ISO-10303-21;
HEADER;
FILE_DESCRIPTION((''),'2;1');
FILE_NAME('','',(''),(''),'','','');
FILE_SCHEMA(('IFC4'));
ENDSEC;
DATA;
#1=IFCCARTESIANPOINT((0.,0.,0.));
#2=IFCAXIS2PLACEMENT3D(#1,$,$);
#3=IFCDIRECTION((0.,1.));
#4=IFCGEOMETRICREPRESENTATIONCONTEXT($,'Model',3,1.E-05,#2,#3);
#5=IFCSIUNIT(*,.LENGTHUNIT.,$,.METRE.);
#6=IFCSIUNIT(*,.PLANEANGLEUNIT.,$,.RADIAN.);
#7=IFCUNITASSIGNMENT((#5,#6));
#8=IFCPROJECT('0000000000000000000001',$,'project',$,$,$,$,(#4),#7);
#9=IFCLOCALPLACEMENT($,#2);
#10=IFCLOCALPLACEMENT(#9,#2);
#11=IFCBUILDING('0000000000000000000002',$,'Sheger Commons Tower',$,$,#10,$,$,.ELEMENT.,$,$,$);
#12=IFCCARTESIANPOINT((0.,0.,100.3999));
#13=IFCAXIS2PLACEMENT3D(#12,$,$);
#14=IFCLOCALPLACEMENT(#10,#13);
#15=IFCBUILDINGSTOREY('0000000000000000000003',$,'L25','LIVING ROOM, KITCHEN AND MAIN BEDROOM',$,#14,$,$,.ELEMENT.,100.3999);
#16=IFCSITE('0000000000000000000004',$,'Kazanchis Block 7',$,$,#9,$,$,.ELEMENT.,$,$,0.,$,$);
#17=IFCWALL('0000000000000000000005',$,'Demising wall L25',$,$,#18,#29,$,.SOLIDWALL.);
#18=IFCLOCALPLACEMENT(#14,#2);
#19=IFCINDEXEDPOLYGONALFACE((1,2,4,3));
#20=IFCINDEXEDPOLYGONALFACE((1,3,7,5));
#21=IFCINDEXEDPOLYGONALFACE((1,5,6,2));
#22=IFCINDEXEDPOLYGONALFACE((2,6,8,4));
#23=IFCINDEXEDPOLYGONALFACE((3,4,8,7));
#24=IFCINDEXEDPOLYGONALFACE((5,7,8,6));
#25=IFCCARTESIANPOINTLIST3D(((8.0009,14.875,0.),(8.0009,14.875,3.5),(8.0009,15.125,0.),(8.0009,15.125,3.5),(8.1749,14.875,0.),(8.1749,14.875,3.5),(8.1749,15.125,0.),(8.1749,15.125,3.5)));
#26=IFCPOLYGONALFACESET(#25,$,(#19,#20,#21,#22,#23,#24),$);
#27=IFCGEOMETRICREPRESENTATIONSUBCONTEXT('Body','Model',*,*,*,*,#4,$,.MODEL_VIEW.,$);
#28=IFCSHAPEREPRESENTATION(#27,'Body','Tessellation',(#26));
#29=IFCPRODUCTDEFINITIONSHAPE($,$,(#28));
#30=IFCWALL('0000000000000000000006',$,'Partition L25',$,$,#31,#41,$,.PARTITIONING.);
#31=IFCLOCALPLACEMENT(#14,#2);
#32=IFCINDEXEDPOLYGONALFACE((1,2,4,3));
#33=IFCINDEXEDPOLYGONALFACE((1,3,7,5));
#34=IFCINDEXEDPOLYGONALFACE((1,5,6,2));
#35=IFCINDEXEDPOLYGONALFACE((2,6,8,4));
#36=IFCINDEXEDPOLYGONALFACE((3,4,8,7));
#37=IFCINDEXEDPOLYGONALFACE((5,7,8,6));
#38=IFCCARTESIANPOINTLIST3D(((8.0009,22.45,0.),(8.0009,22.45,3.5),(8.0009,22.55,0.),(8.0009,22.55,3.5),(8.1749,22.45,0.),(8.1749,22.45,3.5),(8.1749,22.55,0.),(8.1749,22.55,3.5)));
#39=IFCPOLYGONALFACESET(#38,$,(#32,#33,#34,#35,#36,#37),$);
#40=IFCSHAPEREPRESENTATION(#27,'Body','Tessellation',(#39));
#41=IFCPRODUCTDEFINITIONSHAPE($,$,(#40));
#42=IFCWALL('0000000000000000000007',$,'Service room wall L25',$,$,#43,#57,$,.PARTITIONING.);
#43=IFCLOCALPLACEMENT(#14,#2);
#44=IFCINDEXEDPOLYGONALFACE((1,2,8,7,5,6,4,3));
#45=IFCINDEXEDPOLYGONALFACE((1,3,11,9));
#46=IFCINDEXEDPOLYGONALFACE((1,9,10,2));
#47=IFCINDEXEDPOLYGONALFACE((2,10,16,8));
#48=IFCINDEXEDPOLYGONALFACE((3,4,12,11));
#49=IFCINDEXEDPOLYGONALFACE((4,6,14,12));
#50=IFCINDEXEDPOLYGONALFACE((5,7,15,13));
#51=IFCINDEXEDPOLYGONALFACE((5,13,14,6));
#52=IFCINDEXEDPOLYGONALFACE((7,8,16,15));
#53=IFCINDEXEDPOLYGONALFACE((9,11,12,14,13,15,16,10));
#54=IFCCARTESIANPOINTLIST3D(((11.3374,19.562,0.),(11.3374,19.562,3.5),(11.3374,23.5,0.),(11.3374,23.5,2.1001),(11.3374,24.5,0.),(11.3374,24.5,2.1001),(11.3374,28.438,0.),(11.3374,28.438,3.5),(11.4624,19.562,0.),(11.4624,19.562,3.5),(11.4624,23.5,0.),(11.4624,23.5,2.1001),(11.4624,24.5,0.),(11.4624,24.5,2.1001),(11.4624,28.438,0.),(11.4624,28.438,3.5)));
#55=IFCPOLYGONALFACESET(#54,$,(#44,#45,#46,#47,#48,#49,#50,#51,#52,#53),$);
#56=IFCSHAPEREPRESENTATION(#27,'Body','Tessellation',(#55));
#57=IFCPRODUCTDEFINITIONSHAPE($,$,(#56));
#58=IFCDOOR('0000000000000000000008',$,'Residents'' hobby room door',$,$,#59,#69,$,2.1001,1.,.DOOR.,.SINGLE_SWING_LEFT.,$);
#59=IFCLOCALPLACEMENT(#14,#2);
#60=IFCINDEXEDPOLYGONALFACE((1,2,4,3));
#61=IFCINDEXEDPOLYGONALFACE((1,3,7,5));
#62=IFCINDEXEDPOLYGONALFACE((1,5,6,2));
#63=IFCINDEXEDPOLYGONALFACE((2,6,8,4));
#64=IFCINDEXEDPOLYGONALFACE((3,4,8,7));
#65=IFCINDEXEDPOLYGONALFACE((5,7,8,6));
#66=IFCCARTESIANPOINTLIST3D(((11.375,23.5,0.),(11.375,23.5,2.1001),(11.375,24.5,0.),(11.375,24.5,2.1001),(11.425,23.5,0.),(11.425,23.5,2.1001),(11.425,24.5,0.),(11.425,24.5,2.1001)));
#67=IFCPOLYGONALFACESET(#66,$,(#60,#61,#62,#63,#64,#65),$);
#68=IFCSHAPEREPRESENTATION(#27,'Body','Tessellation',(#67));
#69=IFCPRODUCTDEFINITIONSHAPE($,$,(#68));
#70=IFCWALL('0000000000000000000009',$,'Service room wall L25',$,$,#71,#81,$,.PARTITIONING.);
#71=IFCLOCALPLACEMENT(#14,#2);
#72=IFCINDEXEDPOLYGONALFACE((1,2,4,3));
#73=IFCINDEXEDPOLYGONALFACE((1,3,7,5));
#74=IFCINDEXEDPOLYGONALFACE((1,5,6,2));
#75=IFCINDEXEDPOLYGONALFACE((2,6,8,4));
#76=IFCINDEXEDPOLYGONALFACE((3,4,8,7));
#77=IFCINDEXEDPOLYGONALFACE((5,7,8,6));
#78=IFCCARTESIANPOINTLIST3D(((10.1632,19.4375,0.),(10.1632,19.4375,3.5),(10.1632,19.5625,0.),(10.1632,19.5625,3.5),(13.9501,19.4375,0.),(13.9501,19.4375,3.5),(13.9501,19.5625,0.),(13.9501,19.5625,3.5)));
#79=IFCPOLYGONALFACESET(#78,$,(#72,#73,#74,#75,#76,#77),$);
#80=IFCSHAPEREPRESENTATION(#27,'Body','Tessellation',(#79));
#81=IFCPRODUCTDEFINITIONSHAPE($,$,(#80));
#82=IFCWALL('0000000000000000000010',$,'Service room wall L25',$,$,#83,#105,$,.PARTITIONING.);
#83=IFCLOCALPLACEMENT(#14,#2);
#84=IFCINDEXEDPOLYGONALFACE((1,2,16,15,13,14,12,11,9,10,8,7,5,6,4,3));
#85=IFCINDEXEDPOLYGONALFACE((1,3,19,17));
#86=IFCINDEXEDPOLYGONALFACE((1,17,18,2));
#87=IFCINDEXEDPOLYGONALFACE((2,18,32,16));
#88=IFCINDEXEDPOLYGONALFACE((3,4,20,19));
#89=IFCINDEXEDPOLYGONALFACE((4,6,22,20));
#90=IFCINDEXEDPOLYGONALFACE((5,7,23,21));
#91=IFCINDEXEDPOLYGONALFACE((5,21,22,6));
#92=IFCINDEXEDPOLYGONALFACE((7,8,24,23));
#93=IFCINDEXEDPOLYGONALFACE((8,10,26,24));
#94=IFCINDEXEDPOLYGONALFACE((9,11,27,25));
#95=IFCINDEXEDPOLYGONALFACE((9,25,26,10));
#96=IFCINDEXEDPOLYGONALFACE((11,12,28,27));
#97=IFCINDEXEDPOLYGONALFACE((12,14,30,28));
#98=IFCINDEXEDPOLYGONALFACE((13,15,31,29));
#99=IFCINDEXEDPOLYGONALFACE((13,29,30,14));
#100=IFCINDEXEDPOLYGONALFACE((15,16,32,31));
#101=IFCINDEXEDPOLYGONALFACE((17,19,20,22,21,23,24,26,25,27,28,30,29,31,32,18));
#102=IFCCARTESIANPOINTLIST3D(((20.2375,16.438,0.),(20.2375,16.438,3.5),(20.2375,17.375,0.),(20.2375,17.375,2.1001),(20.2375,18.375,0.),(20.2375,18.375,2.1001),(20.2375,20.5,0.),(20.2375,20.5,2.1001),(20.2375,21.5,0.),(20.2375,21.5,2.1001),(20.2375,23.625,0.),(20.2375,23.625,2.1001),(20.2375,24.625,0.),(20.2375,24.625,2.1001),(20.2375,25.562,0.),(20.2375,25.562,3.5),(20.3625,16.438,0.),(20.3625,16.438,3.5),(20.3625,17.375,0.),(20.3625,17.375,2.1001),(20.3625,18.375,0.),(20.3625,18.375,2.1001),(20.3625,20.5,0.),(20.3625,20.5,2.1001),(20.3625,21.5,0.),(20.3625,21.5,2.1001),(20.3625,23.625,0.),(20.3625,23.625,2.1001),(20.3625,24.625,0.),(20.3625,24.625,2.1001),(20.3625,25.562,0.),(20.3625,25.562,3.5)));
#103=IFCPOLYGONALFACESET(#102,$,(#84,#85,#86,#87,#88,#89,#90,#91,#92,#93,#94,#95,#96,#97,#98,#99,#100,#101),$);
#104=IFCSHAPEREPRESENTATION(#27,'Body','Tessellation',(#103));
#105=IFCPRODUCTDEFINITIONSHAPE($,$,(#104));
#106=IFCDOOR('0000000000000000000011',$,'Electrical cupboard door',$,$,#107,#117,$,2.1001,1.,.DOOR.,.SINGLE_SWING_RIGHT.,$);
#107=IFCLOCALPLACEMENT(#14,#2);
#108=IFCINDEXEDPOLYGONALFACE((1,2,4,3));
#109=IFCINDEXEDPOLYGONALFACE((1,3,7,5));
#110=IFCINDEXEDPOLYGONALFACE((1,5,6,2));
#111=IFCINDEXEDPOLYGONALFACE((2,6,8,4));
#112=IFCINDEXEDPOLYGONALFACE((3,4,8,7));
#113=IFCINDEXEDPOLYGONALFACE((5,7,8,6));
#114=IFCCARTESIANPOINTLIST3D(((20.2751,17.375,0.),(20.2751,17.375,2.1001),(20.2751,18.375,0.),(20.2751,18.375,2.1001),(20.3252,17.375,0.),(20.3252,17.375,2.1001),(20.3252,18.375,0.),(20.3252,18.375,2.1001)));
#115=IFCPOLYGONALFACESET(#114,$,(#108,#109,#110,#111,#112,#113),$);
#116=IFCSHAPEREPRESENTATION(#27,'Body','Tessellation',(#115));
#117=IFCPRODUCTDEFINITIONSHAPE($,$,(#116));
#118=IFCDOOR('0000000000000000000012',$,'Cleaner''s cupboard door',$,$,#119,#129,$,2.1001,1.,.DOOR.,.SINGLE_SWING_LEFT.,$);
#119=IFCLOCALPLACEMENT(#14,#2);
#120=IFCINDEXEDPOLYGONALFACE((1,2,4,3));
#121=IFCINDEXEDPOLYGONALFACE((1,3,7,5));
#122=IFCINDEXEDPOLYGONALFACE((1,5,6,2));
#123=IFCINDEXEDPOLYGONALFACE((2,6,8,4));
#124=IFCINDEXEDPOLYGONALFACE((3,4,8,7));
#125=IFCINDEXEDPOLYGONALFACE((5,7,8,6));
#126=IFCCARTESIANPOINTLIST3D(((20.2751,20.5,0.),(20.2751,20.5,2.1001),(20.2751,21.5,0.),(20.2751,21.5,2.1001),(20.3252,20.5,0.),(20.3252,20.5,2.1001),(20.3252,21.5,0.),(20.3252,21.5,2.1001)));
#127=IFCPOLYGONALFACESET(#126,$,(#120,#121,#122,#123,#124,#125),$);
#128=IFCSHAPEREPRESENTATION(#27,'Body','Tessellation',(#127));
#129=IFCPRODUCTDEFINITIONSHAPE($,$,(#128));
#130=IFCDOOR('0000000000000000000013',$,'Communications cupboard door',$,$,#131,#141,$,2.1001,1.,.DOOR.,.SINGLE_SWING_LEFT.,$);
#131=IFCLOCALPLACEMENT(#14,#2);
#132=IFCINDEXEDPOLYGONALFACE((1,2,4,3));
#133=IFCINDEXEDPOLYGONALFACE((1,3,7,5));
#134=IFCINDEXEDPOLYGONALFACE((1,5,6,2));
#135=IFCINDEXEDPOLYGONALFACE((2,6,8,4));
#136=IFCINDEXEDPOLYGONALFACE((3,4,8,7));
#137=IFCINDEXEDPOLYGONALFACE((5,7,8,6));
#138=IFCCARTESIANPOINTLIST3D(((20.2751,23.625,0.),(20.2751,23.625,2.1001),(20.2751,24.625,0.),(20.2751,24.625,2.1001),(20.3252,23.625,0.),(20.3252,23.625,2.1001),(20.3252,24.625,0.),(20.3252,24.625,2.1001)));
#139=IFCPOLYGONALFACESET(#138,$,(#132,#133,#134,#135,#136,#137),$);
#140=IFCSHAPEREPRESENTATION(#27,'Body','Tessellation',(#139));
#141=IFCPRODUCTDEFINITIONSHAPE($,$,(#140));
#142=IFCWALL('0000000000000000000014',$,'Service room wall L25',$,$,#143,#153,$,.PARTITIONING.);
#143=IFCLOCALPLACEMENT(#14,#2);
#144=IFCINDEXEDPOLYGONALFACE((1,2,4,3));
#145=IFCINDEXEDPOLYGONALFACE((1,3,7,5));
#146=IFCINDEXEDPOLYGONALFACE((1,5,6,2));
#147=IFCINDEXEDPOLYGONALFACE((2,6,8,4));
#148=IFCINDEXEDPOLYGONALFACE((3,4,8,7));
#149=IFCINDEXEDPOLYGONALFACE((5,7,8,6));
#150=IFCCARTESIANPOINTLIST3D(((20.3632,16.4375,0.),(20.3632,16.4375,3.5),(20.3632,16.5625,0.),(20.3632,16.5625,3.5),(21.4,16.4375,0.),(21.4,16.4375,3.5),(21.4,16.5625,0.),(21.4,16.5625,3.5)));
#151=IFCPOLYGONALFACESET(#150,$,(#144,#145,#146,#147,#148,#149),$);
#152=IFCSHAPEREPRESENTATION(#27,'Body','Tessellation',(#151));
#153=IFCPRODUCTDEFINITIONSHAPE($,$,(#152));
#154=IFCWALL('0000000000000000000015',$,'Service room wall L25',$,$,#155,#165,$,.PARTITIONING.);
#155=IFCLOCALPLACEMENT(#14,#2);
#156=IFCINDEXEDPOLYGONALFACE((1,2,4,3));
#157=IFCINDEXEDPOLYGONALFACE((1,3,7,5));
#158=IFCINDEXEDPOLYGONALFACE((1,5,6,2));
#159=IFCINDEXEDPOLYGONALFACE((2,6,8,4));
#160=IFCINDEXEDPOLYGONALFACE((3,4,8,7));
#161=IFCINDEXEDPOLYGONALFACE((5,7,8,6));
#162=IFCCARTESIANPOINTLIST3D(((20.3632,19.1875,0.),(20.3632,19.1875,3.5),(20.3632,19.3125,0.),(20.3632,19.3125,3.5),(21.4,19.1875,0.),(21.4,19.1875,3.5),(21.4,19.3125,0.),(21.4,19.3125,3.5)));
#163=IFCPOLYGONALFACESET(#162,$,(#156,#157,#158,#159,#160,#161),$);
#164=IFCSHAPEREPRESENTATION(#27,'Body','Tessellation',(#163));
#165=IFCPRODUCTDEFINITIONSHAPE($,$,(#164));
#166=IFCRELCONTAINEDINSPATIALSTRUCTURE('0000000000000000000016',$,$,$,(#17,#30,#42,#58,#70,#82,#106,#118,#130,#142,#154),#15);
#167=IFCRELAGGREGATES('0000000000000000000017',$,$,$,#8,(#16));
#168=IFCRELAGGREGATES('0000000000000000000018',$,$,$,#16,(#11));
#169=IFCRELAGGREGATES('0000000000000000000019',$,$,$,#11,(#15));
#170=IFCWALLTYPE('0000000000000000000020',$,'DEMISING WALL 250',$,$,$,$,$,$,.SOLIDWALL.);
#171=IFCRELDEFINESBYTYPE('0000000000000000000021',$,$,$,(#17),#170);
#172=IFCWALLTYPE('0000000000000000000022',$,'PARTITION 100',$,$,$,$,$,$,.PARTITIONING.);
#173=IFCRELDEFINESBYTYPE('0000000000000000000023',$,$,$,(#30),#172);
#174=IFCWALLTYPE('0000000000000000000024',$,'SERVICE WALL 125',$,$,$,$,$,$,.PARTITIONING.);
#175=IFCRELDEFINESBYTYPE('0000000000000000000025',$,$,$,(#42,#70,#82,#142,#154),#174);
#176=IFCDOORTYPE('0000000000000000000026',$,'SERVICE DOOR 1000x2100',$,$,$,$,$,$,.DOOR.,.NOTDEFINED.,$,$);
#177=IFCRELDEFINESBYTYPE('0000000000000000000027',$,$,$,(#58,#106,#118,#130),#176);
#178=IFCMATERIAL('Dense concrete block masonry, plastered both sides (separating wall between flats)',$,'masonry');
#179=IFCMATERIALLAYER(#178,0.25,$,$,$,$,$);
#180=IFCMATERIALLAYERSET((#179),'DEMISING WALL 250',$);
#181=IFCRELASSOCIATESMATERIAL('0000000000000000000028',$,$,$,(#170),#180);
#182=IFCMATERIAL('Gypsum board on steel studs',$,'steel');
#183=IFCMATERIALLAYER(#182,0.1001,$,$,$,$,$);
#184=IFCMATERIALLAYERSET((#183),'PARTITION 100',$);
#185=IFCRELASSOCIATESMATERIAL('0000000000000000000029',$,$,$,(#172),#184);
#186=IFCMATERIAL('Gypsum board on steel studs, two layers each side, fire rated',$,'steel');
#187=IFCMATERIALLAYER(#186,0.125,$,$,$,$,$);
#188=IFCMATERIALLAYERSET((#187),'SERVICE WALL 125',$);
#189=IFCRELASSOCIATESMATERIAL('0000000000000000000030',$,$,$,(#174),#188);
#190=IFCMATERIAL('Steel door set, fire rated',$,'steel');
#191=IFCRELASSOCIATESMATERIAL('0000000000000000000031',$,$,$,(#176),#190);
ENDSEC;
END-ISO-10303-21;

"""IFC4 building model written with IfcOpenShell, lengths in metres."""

from ifc_helpers import new_model, si_unit, direction, frame, frame_2d, origin, place, context, subcontext, project, spatial, rectangle, extrude, material, layer, layer_set, type_object, element, fill, save


model = new_model("IFC4")

# Units and contexts
model_context = context("Model", 3, precision=1e-05, world=origin(), true_north=direction((0.0, 1.0)))
body_context = subcontext(model_context, "Body", "Model", "MODEL_VIEW")
ifc_project = project(units=[si_unit("LENGTHUNIT", "METRE"), si_unit("PLANEANGLEUNIT", "RADIAN")], contexts=[model_context])

# Site, building, storey
site_placement = place(None, origin())
site = spatial("IfcSite", under=ifc_project, at=site_placement, Name="Kazanchis Block 7", CompositionType="ELEMENT", RefElevation=0.0)
building_placement = place(site_placement, origin())
building = spatial("IfcBuilding", under=site, at=building_placement, Name="Sheger Commons Tower", CompositionType="ELEMENT")
storey_placement = place(building_placement, frame((0.0, 0.0, 100.3999)))
storey = spatial("IfcBuildingStorey", under=building, at=storey_placement, Name="L25", Description="LIVING ROOM, KITCHEN AND MAIN BEDROOM", CompositionType="ELEMENT", Elevation=100.3999)

# Walls
ifc_material_1 = material(Name="Dense concrete block masonry, plastered both sides (separating wall between flats)", Category="masonry")
ifc_layer_1 = layer(ifc_material_1, 0.25)
ifc_layer_set_1 = layer_set([ifc_layer_1], Name="DEMISING WALL 250")
wall_type_1 = type_object("IfcWallType", Name="DEMISING WALL 250", PredefinedType="SOLIDWALL", material=ifc_layer_set_1)
wall_1_placement = place(storey_placement, frame((8.001, 15.0, 0.0), z_axis=(0.0, 0.0, 1.0), x_axis=(1.0, 0.0, 0.0)))
element("IfcWall", 1, at=wall_1_placement, inside=storey, type_object=wall_type_1, Name="Demising wall L25", PredefinedType="SOLIDWALL", context=body_context, shape_type="SweptSolid", body=[
    extrude(rectangle(XDim=0.1741, YDim=0.25, at=frame_2d((0.0869, 0.0))), origin(), (0.0, 0.0, 1.0), 3.5),
])
ifc_material_2 = material(Name="Gypsum board on steel studs", Category="steel")
ifc_layer_2 = layer(ifc_material_2, 0.1001)
ifc_layer_set_2 = layer_set([ifc_layer_2], Name="PARTITION 100")
wall_type_2 = type_object("IfcWallType", Name="PARTITION 100", PredefinedType="PARTITIONING", material=ifc_layer_set_2)
wall_2_placement = place(storey_placement, frame((8.001, 22.5, 0.0), z_axis=(0.0, 0.0, 1.0), x_axis=(1.0, 0.0, 0.0)))
element("IfcWall", 2, at=wall_2_placement, inside=storey, type_object=wall_type_2, Name="Partition L25", PredefinedType="PARTITIONING", context=body_context, shape_type="SweptSolid", body=[
    extrude(rectangle(XDim=0.1741, YDim=0.1001, at=frame_2d((0.0869, 0.0))), origin(), (0.0, 0.0, 1.0), 3.5),
])

# Wall, opening, door
ifc_material_3 = material(Name="Gypsum board on steel studs, two layers each side, fire rated", Category="steel")
ifc_layer_3 = layer(ifc_material_3, 0.125)
ifc_layer_set_3 = layer_set([ifc_layer_3], Name="SERVICE WALL 125")
wall_type_3 = type_object("IfcWallType", Name="SERVICE WALL 125", PredefinedType="PARTITIONING", material=ifc_layer_set_3)
wall_3_placement = place(storey_placement, frame((11.3999, 19.562, 0.0), z_axis=(0.0, 0.0, 1.0), x_axis=(0.0, 1.0, 0.0)))
wall_3 = element("IfcWall", 3, at=wall_3_placement, inside=storey, type_object=wall_type_3, Name="Service room wall L25", PredefinedType="PARTITIONING", context=body_context, shape_type="SweptSolid", body=[
    extrude(rectangle(XDim=8.876, YDim=0.125, at=frame_2d((4.438, 0.0))), origin(), (0.0, 0.0, 1.0), 3.5),
])
opening_1_placement = place(wall_3_placement, frame((3.938, 0.0, 0.0)))
opening_1 = element("IfcOpeningElement", 4, at=opening_1_placement, cuts=wall_3, PredefinedType="OPENING", context=body_context, shape_type="SweptSolid", body=[
    extrude(rectangle(XDim=1.0, YDim=2.1001, at=frame_2d((0.5, 1.05))), frame((0.0, 0.0725, 0.0), z_axis=(0.0, -1.0, 0.0), x_axis=(1.0, 0.0, 0.0)), (0.0, 0.0, 1.0), 0.145),
])
ifc_material_4 = material(Name="Steel door set, fire rated", Category="steel")
door_type_1 = type_object("IfcDoorType", Name="SERVICE DOOR 1000x2100", OperationType="NOTDEFINED", PredefinedType="DOOR", material=ifc_material_4)
door_1_placement = place(opening_1_placement, origin())
door_1 = element("IfcDoor", 5, at=door_1_placement, inside=storey, type_object=door_type_1, Name="Residents' hobby room door", OperationType="SINGLE_SWING_LEFT", OverallHeight=2.1001, OverallWidth=1.0, PredefinedType="DOOR", context=body_context, shape_type="SweptSolid", body=[
    extrude(rectangle(XDim=1.0, YDim=2.1001, at=frame_2d((0.5, 1.05))), frame((0.0, 0.0249, 0.0), z_axis=(0.0, -1.0, 0.0), x_axis=(1.0, 0.0, 0.0)), (0.0, 0.0, 1.0), 0.05),
])
fill(opening_1, door_1)

# Wall
wall_4_placement = place(storey_placement, frame((10.1631, 19.5, 0.0), z_axis=(0.0, 0.0, 1.0), x_axis=(1.0, 0.0, 0.0)))
element("IfcWall", 6, at=wall_4_placement, inside=storey, type_object=wall_type_3, Name="Service room wall L25", PredefinedType="PARTITIONING", context=body_context, shape_type="SweptSolid", body=[
    extrude(rectangle(XDim=3.7869, YDim=0.125, at=frame_2d((1.8936, 0.0))), origin(), (0.0, 0.0, 1.0), 3.5),
])

# Wall, openings, doors
wall_5_placement = place(storey_placement, frame((20.3, 16.438, 0.0), z_axis=(0.0, 0.0, 1.0), x_axis=(0.0, 1.0, 0.0)))
wall_5 = element("IfcWall", 7, at=wall_5_placement, inside=storey, type_object=wall_type_3, Name="Service room wall L25", PredefinedType="PARTITIONING", context=body_context, shape_type="SweptSolid", body=[
    extrude(rectangle(XDim=9.124, YDim=0.125, at=frame_2d((4.562, 0.0))), origin(), (0.0, 0.0, 1.0), 3.5),
])
opening_2_placement = place(wall_5_placement, frame((0.937, 0.0, 0.0)))
opening_2 = element("IfcOpeningElement", 8, at=opening_2_placement, cuts=wall_5, PredefinedType="OPENING", context=body_context, shape_type="SweptSolid", body=[
    extrude(rectangle(XDim=1.0, YDim=2.1001, at=frame_2d((0.5, 1.05))), frame((0.0, 0.0725, 0.0), z_axis=(0.0, -1.0, 0.0), x_axis=(1.0, 0.0, 0.0)), (0.0, 0.0, 1.0), 0.145),
])
opening_3_placement = place(wall_5_placement, frame((4.062, 0.0, 0.0)))
opening_3 = element("IfcOpeningElement", 9, at=opening_3_placement, cuts=wall_5, PredefinedType="OPENING", context=body_context, shape_type="SweptSolid", body=[
    extrude(rectangle(XDim=1.0, YDim=2.1001, at=frame_2d((0.5, 1.05))), frame((0.0, 0.0725, 0.0), z_axis=(0.0, -1.0, 0.0), x_axis=(1.0, 0.0, 0.0)), (0.0, 0.0, 1.0), 0.145),
])
opening_4_placement = place(wall_5_placement, frame((7.187, 0.0, 0.0)))
opening_4 = element("IfcOpeningElement", 10, at=opening_4_placement, cuts=wall_5, PredefinedType="OPENING", context=body_context, shape_type="SweptSolid", body=[
    extrude(rectangle(XDim=1.0, YDim=2.1001, at=frame_2d((0.5, 1.05))), frame((0.0, 0.0725, 0.0), z_axis=(0.0, -1.0, 0.0), x_axis=(1.0, 0.0, 0.0)), (0.0, 0.0, 1.0), 0.145),
])
door_2_placement = place(opening_2_placement, origin())
door_2 = element("IfcDoor", 11, at=door_2_placement, inside=storey, type_object=door_type_1, Name="Electrical cupboard door", OperationType="SINGLE_SWING_RIGHT", OverallHeight=2.1001, OverallWidth=1.0, PredefinedType="DOOR", context=body_context, shape_type="SweptSolid", body=[
    extrude(rectangle(XDim=1.0, YDim=2.1001, at=frame_2d((0.5, 1.05))), frame((0.0, 0.0249, 0.0), z_axis=(0.0, -1.0, 0.0), x_axis=(1.0, 0.0, 0.0)), (0.0, 0.0, 1.0), 0.05),
])
fill(opening_2, door_2)
door_3_placement = place(opening_3_placement, origin())
door_3 = element("IfcDoor", 12, at=door_3_placement, inside=storey, type_object=door_type_1, Name="Cleaner's cupboard door", OperationType="SINGLE_SWING_LEFT", OverallHeight=2.1001, OverallWidth=1.0, PredefinedType="DOOR", context=body_context, shape_type="SweptSolid", body=[
    extrude(rectangle(XDim=1.0, YDim=2.1001, at=frame_2d((0.5, 1.05))), frame((0.0, 0.0249, 0.0), z_axis=(0.0, -1.0, 0.0), x_axis=(1.0, 0.0, 0.0)), (0.0, 0.0, 1.0), 0.05),
])
fill(opening_3, door_3)
door_4_placement = place(opening_4_placement, origin())
door_4 = element("IfcDoor", 13, at=door_4_placement, inside=storey, type_object=door_type_1, Name="Communications cupboard door", OperationType="SINGLE_SWING_LEFT", OverallHeight=2.1001, OverallWidth=1.0, PredefinedType="DOOR", context=body_context, shape_type="SweptSolid", body=[
    extrude(rectangle(XDim=1.0, YDim=2.1001, at=frame_2d((0.5, 1.05))), frame((0.0, 0.0249, 0.0), z_axis=(0.0, -1.0, 0.0), x_axis=(1.0, 0.0, 0.0)), (0.0, 0.0, 1.0), 0.05),
])
fill(opening_4, door_4)

# Walls
for number, where, z_axis, x_axis, name in (
    (14, (20.363, 16.5, 0.0), (0.0, 0.0, 1.0), (1.0, 0.0, 0.0), "Service room wall L25"),
    (15, (20.363, 19.25, 0.0), (0.0, 0.0, 1.0), (1.0, 0.0, 0.0), "Service room wall L25"),
):
    element("IfcWall", number, at=place(storey_placement, frame(where, z_axis=z_axis, x_axis=x_axis)), inside=storey, type_object=wall_type_3, Name=name, PredefinedType="PARTITIONING", context=body_context, shape_type="SweptSolid", body=[
        extrude(rectangle(XDim=1.0369, YDim=0.125, at=frame_2d((0.5186, 0.0))), origin(), (0.0, 0.0, 1.0), 3.5),
    ])

save(model, "model.ifc")
